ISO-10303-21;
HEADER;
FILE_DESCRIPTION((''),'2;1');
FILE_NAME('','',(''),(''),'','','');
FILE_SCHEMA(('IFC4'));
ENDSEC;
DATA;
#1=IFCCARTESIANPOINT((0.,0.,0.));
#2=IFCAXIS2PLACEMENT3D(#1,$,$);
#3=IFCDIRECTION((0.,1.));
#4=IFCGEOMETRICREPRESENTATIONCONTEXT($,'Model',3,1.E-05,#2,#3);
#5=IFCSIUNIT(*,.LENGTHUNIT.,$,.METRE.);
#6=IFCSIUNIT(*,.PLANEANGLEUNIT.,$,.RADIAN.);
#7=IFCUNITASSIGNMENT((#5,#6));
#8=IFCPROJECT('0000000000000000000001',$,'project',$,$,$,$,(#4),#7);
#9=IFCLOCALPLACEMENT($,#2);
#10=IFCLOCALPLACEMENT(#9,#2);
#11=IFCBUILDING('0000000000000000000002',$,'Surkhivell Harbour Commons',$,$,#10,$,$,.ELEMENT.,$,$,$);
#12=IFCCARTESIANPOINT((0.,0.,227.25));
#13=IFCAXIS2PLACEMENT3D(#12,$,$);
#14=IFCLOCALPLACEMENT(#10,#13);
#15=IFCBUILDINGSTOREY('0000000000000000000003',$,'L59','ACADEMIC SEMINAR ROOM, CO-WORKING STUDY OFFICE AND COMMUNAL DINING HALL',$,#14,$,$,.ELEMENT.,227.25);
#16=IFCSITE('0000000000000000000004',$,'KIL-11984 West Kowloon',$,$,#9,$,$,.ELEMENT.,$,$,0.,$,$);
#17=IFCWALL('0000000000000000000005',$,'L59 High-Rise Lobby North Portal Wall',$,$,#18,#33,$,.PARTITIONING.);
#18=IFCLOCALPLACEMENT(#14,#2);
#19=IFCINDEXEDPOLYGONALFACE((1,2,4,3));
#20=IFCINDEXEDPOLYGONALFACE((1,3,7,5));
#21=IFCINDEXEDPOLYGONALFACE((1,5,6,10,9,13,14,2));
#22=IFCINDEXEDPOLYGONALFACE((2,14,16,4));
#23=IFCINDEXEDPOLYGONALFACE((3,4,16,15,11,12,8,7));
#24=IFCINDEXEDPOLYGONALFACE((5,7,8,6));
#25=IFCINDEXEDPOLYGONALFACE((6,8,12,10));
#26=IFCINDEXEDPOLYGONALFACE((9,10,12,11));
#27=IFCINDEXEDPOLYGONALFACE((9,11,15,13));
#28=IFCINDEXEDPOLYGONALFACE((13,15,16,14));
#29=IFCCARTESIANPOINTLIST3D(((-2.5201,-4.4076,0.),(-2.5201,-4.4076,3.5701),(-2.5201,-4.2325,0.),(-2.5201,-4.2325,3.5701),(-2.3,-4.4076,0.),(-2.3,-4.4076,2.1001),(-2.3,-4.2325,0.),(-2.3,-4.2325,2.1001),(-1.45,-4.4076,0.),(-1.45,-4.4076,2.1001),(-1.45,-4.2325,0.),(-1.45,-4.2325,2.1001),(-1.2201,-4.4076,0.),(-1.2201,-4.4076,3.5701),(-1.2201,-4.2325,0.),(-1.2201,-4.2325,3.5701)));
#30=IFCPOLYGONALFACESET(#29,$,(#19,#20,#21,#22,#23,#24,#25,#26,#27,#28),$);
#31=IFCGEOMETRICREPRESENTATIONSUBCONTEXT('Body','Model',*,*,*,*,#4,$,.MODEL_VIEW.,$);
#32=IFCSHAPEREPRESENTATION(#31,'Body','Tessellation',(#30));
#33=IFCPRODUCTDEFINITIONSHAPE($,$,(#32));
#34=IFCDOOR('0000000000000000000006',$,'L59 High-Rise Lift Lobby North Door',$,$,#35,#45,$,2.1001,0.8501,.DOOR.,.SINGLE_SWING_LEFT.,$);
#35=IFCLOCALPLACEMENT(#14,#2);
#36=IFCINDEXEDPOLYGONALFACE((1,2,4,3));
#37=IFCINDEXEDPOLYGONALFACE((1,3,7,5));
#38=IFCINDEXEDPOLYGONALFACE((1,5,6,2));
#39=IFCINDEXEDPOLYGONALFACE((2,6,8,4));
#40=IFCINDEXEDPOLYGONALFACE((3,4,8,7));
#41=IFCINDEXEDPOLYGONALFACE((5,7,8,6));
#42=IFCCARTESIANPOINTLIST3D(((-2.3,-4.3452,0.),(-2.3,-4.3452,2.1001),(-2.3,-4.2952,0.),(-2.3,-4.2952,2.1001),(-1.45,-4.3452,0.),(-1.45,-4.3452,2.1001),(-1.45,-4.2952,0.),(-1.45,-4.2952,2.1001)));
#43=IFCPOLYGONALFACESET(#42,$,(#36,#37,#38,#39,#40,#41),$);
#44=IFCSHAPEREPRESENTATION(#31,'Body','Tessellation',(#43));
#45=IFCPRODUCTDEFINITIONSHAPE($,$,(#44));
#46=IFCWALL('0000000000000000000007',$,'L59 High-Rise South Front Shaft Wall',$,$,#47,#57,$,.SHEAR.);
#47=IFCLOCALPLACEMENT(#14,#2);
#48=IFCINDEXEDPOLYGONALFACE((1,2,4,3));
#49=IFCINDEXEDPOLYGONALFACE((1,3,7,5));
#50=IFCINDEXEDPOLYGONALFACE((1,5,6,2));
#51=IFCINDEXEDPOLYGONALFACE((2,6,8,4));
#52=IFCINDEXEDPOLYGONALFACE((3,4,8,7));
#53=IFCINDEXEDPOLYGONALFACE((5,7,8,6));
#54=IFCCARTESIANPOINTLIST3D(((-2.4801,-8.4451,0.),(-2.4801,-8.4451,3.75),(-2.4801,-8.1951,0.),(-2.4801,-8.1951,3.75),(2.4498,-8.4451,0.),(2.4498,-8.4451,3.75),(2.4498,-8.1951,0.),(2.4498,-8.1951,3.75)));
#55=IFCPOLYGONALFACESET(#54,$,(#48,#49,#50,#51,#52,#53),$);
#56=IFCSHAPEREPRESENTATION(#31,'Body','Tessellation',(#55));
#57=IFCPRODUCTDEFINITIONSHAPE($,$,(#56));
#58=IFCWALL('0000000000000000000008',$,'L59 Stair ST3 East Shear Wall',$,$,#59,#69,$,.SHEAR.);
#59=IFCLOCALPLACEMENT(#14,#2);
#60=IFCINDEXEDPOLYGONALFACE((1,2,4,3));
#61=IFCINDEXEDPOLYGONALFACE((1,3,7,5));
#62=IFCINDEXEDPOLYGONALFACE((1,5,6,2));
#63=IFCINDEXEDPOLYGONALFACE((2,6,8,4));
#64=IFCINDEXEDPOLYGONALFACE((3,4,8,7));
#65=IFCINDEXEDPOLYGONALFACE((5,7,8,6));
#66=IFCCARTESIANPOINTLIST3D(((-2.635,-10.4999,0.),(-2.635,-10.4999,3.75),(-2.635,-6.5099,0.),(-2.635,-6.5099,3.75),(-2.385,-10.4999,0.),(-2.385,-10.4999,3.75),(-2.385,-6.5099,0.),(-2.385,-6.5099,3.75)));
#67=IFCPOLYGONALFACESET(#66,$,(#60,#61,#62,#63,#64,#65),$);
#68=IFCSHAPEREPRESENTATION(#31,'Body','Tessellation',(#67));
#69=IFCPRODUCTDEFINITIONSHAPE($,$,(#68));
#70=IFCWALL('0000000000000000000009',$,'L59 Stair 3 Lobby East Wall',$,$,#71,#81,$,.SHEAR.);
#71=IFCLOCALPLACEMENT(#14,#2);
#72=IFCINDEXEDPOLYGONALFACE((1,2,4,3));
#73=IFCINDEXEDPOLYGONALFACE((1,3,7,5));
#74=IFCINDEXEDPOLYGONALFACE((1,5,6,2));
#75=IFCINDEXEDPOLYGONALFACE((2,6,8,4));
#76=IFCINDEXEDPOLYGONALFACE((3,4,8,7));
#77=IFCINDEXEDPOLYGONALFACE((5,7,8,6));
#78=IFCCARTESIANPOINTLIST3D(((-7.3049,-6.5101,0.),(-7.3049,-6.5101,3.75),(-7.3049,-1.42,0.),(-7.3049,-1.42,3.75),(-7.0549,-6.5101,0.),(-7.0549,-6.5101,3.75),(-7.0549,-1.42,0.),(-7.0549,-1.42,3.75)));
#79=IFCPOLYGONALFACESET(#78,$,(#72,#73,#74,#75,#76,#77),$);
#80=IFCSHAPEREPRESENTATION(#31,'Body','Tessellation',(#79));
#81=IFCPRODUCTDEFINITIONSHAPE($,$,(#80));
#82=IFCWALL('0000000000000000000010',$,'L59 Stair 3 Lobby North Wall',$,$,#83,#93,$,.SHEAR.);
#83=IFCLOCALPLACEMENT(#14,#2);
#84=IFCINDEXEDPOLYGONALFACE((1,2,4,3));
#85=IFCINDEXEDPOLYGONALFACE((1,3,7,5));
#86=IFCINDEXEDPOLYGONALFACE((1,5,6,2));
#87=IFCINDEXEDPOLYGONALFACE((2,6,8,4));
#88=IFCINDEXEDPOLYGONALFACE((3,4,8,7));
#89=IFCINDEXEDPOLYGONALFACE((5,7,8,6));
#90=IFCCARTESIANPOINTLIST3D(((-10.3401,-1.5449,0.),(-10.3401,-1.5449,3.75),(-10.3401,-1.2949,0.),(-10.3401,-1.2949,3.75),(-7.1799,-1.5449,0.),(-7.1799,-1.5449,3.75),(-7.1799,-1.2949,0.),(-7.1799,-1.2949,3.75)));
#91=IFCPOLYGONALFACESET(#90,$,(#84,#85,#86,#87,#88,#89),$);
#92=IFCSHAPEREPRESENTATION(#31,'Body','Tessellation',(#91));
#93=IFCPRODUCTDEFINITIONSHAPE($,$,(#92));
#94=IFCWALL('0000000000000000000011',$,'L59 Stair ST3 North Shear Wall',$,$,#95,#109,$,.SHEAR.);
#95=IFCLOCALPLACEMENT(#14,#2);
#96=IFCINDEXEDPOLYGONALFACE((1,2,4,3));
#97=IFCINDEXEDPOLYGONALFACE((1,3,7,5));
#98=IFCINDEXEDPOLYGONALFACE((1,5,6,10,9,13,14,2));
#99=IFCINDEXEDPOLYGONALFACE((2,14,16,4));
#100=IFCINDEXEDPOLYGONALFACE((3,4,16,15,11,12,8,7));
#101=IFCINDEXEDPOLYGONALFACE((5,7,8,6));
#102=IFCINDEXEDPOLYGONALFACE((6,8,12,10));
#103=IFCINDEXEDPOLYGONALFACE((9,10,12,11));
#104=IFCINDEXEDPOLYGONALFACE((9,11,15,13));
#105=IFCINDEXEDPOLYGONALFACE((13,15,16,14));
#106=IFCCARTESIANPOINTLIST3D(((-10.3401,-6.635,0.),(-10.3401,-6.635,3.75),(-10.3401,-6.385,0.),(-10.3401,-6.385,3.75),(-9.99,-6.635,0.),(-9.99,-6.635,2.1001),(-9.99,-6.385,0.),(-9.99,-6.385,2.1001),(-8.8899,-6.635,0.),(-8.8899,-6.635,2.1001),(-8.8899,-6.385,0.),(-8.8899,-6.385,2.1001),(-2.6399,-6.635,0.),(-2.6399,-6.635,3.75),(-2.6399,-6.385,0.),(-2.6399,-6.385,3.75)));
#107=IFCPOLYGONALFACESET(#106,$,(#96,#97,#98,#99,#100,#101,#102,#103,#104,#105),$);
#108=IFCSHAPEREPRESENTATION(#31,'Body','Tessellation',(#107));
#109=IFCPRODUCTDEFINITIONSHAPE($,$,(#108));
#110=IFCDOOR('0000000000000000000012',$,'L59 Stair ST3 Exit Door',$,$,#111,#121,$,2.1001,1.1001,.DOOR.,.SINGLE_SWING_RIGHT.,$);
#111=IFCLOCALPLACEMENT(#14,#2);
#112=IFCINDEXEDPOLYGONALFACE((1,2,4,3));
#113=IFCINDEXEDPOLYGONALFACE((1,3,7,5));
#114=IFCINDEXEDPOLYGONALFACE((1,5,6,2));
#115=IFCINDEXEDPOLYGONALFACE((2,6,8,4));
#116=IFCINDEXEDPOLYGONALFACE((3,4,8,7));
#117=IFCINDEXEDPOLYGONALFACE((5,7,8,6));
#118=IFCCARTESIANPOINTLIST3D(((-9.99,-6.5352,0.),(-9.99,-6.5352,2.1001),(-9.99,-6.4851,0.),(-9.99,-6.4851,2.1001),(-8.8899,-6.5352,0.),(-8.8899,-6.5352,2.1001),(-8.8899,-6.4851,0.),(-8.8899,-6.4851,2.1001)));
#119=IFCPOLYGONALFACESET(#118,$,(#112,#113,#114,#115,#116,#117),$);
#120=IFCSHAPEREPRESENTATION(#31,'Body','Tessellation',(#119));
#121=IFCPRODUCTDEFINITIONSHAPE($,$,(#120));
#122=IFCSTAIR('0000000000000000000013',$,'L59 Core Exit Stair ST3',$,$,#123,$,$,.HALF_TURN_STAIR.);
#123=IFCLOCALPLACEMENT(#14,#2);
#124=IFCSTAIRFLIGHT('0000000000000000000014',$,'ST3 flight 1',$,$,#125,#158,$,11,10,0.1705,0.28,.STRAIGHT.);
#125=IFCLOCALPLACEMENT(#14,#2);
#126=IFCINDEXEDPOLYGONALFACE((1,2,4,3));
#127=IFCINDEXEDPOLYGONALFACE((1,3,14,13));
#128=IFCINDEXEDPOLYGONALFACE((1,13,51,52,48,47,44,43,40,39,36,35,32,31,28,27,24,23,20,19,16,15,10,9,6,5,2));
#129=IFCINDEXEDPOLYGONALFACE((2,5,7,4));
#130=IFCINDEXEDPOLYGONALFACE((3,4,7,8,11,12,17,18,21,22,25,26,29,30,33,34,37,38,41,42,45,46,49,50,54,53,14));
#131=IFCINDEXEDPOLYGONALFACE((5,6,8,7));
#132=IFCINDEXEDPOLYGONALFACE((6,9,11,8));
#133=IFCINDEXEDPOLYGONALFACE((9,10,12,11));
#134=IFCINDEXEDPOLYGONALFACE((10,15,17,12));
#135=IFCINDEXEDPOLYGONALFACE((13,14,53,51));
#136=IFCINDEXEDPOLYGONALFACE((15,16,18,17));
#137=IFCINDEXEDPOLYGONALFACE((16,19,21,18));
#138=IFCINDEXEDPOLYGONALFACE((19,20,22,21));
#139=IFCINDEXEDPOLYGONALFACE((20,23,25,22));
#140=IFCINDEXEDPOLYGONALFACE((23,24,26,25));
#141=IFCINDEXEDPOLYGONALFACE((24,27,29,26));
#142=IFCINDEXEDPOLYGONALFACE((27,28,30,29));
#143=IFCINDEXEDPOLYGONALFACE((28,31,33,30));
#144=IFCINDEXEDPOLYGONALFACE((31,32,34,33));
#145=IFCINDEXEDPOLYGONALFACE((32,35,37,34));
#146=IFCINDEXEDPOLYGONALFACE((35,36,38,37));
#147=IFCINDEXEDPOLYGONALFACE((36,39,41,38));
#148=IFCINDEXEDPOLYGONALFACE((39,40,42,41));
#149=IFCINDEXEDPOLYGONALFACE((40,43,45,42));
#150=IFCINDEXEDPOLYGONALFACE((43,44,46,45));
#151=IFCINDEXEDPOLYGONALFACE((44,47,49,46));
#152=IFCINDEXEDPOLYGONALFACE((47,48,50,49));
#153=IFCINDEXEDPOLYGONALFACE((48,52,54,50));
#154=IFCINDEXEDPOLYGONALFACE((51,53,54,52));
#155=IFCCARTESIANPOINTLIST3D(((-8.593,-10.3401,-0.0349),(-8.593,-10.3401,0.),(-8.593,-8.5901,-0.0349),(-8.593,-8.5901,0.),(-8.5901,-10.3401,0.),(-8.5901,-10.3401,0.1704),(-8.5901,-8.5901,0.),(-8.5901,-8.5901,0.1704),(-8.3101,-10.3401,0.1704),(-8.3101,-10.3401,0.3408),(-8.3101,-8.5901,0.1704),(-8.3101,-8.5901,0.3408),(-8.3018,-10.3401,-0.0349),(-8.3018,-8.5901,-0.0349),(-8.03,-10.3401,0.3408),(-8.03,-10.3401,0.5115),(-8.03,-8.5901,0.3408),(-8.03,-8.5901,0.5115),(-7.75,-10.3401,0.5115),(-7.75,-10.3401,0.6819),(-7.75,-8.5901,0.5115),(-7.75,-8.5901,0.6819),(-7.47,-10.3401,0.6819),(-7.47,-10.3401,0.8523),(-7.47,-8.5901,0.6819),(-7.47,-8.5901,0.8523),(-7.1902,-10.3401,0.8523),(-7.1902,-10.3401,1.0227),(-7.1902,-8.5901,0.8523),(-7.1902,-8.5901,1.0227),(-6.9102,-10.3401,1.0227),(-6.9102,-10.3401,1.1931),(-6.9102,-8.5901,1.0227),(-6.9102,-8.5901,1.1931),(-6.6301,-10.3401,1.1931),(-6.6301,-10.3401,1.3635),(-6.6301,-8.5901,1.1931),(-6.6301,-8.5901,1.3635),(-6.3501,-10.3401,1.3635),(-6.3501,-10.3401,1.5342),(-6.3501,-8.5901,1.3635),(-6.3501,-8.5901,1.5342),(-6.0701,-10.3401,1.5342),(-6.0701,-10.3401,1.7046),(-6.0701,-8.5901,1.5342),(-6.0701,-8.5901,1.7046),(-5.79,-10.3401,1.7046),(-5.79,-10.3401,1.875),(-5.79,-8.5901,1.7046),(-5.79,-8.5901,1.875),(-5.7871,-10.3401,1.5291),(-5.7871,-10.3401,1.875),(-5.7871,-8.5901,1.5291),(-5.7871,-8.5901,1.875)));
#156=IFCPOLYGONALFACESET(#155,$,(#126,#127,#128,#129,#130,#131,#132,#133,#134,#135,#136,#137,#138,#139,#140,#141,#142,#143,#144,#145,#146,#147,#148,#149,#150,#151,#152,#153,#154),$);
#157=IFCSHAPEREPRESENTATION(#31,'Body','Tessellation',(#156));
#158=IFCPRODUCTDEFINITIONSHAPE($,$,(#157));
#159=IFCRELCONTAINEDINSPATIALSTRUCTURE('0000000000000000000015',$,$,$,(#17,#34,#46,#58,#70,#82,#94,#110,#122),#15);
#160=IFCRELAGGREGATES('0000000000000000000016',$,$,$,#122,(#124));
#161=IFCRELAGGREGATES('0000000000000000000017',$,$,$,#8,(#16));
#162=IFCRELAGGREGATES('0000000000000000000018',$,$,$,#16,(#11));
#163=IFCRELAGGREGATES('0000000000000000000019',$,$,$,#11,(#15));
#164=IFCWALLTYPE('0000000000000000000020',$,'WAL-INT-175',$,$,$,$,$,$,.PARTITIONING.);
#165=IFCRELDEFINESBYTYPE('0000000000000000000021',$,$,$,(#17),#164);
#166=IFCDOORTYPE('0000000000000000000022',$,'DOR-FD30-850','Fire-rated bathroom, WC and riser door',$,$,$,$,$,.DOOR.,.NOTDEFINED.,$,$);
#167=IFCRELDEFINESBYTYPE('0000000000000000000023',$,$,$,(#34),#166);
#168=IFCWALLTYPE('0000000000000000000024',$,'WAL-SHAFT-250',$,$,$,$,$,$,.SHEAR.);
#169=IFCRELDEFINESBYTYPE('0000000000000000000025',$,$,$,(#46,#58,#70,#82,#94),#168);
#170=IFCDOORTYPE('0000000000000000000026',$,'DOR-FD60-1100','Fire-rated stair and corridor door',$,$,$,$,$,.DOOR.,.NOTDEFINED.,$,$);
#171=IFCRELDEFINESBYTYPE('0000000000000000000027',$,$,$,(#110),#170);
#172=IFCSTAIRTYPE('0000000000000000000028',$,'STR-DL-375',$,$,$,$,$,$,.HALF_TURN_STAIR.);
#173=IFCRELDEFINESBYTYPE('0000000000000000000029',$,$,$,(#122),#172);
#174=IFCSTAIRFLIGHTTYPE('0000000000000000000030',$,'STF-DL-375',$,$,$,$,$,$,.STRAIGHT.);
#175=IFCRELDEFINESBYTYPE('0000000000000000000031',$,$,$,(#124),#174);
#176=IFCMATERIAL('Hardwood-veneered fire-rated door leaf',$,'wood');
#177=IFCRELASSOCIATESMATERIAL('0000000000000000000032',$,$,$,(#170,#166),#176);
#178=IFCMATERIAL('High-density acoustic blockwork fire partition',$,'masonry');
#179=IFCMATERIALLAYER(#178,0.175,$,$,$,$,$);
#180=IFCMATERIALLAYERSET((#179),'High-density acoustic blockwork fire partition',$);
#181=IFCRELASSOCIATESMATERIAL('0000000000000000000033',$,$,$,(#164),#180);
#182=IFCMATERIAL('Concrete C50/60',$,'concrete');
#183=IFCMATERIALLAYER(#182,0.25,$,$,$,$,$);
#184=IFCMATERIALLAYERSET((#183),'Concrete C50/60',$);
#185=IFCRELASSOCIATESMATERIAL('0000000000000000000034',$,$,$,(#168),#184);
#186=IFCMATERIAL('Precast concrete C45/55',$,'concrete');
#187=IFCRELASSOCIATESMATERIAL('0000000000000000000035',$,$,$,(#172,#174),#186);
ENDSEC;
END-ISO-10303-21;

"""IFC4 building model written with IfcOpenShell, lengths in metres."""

from ifc_helpers import new_model, si_unit, direction, frame, frame_2d, origin, place, context, subcontext, project, spatial, polyline, rectangle, outline, extrude, material, layer, layer_set, type_object, element, fill, aggregate, save


model = new_model("IFC4")

# Units and contexts
model_context = context("Model", 3, precision=1e-05, world=origin(), true_north=direction((0.0, 1.0)))
body_context = subcontext(model_context, "Body", "Model", "MODEL_VIEW")
ifc_project = project(units=[si_unit("LENGTHUNIT", "METRE"), si_unit("PLANEANGLEUNIT", "RADIAN")], contexts=[model_context])

# Site, building, storey
site_placement = place(None, origin())
site = spatial("IfcSite", under=ifc_project, at=site_placement, Name="KIL-11984 West Kowloon", CompositionType="ELEMENT", RefElevation=0.0)
building_placement = place(site_placement, origin())
building = spatial("IfcBuilding", under=site, at=building_placement, Name="Surkhivell Harbour Commons", CompositionType="ELEMENT")
storey_placement = place(building_placement, frame((0.0, 0.0, 227.25)))
storey = spatial("IfcBuildingStorey", under=building, at=storey_placement, Name="L59", Description="ACADEMIC SEMINAR ROOM, CO-WORKING STUDY OFFICE AND COMMUNAL DINING HALL", CompositionType="ELEMENT", Elevation=227.25)

# Shared definitions
ifc_material_1 = material(Name="Hardwood-veneered fire-rated door leaf", Category="wood")
door_type_1 = type_object("IfcDoorType", Name="DOR-FD60-1100", Description="Fire-rated stair and corridor door", OperationType="NOTDEFINED", PredefinedType="DOOR", material=ifc_material_1)
door_type_2 = type_object("IfcDoorType", Name="DOR-FD30-850", Description="Fire-rated bathroom, WC and riser door", OperationType="NOTDEFINED", PredefinedType="DOOR", material=ifc_material_1)

# Shared definitions
ifc_material_2 = material(Name="High-density acoustic blockwork fire partition", Category="masonry")
ifc_layer_1 = layer(ifc_material_2, 0.175)
ifc_layer_set_1 = layer_set([ifc_layer_1], Name="High-density acoustic blockwork fire partition")
wall_type_1 = type_object("IfcWallType", Name="WAL-INT-175", PredefinedType="PARTITIONING", material=ifc_layer_set_1)

# Wall, opening, door
wall_1_placement = place(storey_placement, frame((-2.52, -4.3201, 0.0), z_axis=(0.0, 0.0, 1.0), x_axis=(1.0, 0.0, 0.0)))
wall_1 = element("IfcWall", 1, at=wall_1_placement, inside=storey, type_object=wall_type_1, Name="L59 High-Rise Lobby North Portal Wall", PredefinedType="PARTITIONING", context=body_context, shape_type="SweptSolid", body=[
    extrude(rectangle(XDim=1.3, YDim=0.175, at=frame_2d((0.6499, 0.0))), origin(), (0.0, 0.0, 1.0), 3.5701),
])
opening_1_placement = place(wall_1_placement, frame((0.22, 0.0, 0.0)))
opening_1 = element("IfcOpeningElement", 2, at=opening_1_placement, cuts=wall_1, PredefinedType="OPENING", context=body_context, shape_type="SweptSolid", body=[
    extrude(rectangle(XDim=0.8501, YDim=2.1001, at=frame_2d((0.425, 1.05))), frame((0.0, 0.0974, 0.0), z_axis=(0.0, -1.0, 0.0), x_axis=(1.0, 0.0, 0.0)), (0.0, 0.0, 1.0), 0.1951),
])
door_1_placement = place(opening_1_placement, origin())
door_1 = element("IfcDoor", 3, at=door_1_placement, inside=storey, type_object=door_type_2, Name="L59 High-Rise Lift Lobby North Door", OperationType="SINGLE_SWING_LEFT", OverallHeight=2.1001, OverallWidth=0.8501, PredefinedType="DOOR", context=body_context, shape_type="SweptSolid", body=[
    extrude(rectangle(XDim=0.8501, YDim=2.1001, at=frame_2d((0.425, 1.05))), frame((0.0, 0.0249, 0.0), z_axis=(0.0, -1.0, 0.0), x_axis=(1.0, 0.0, 0.0)), (0.0, 0.0, 1.0), 0.05),
])
fill(opening_1, door_1)

# Walls
ifc_material_3 = material(Name="Concrete C50/60", Category="concrete")
ifc_layer_2 = layer(ifc_material_3, 0.25)
ifc_layer_set_2 = layer_set([ifc_layer_2], Name="Concrete C50/60")
wall_type_2 = type_object("IfcWallType", Name="WAL-SHAFT-250", PredefinedType="SHEAR", material=ifc_layer_set_2)
wall_2_placement = place(storey_placement, frame((-2.48, -8.3201, 0.0), z_axis=(0.0, 0.0, 1.0), x_axis=(1.0, 0.0, 0.0)))
element("IfcWall", 4, at=wall_2_placement, inside=storey, type_object=wall_type_2, Name="L59 High-Rise South Front Shaft Wall", PredefinedType="SHEAR", context=body_context, shape_type="SweptSolid", body=[
    extrude(rectangle(XDim=4.9299, YDim=0.25, at=frame_2d((2.4648, 0.0))), origin(), (0.0, 0.0, 1.0), 3.75),
])
wall_3_placement = place(storey_placement, frame((-2.51, -10.5, 0.0), z_axis=(0.0, 0.0, 1.0), x_axis=(0.0, 1.0, 0.0)))
element("IfcWall", 5, at=wall_3_placement, inside=storey, type_object=wall_type_2, Name="L59 Stair ST3 East Shear Wall", PredefinedType="SHEAR", context=body_context, shape_type="SweptSolid", body=[
    extrude(rectangle(XDim=3.99, YDim=0.25, at=frame_2d((1.9951, 0.0))), origin(), (0.0, 0.0, 1.0), 3.75),
])
wall_4_placement = place(storey_placement, frame((-7.1799, -6.51, 0.0), z_axis=(0.0, 0.0, 1.0), x_axis=(0.0, 1.0, 0.0)))
element("IfcWall", 6, at=wall_4_placement, inside=storey, type_object=wall_type_2, Name="L59 Stair 3 Lobby East Wall", PredefinedType="SHEAR", context=body_context, shape_type="SweptSolid", body=[
    extrude(rectangle(XDim=5.0901, YDim=0.25, at=frame_2d((2.5449, 0.0))), origin(), (0.0, 0.0, 1.0), 3.75),
])
wall_5_placement = place(storey_placement, frame((-10.3401, -1.4199, 0.0), z_axis=(0.0, 0.0, 1.0), x_axis=(1.0, 0.0, 0.0)))
element("IfcWall", 7, at=wall_5_placement, inside=storey, type_object=wall_type_2, Name="L59 Stair 3 Lobby North Wall", PredefinedType="SHEAR", context=body_context, shape_type="SweptSolid", body=[
    extrude(rectangle(XDim=3.1602, YDim=0.25, at=frame_2d((1.5801, 0.0))), origin(), (0.0, 0.0, 1.0), 3.75),
])

# Wall, opening, door
wall_6_placement = place(storey_placement, frame((-10.3401, -6.51, 0.0), z_axis=(0.0, 0.0, 1.0), x_axis=(1.0, 0.0, 0.0)))
wall_6 = element("IfcWall", 8, at=wall_6_placement, inside=storey, type_object=wall_type_2, Name="L59 Stair ST3 North Shear Wall", PredefinedType="SHEAR", context=body_context, shape_type="SweptSolid", body=[
    extrude(rectangle(XDim=7.7002, YDim=0.25, at=frame_2d((3.8501, 0.0))), origin(), (0.0, 0.0, 1.0), 3.75),
])
opening_2_placement = place(wall_6_placement, frame((0.3501, 0.0, 0.0)))
opening_2 = element("IfcOpeningElement", 9, at=opening_2_placement, cuts=wall_6, PredefinedType="OPENING", context=body_context, shape_type="SweptSolid", body=[
    extrude(rectangle(XDim=1.1001, YDim=2.1001, at=frame_2d((0.55, 1.05))), frame((0.0, 0.135, 0.0), z_axis=(0.0, -1.0, 0.0), x_axis=(1.0, 0.0, 0.0)), (0.0, 0.0, 1.0), 0.27),
])
door_2_placement = place(opening_2_placement, origin())
door_2 = element("IfcDoor", 10, at=door_2_placement, inside=storey, type_object=door_type_1, Name="L59 Stair ST3 Exit Door", OperationType="SINGLE_SWING_RIGHT", OverallHeight=2.1001, OverallWidth=1.1001, PredefinedType="DOOR", context=body_context, shape_type="SweptSolid", body=[
    extrude(rectangle(XDim=1.1001, YDim=2.1001, at=frame_2d((0.55, 1.05))), frame((0.0, 0.0249, 0.0), z_axis=(0.0, -1.0, 0.0), x_axis=(1.0, 0.0, 0.0)), (0.0, 0.0, 1.0), 0.05),
])
fill(opening_2, door_2)

# Stair, stair flight
ifc_material_4 = material(Name="Precast concrete C45/55", Category="concrete")
stair_type = type_object("IfcStairType", Name="STR-DL-375", PredefinedType="HALF_TURN_STAIR", material=ifc_material_4)
stair_placement = place(storey_placement, origin())
stair = element("IfcStair", 11, at=stair_placement, inside=storey, type_object=stair_type, Name="L59 Core Exit Stair ST3", PredefinedType="HALF_TURN_STAIR")
stair_flight_type = type_object("IfcStairFlightType", Name="STF-DL-375", PredefinedType="STRAIGHT", material=ifc_material_4)
stair_flight_1_placement = place(storey_placement, frame((-8.5901, -9.4651, 0.0), z_axis=(0.0, 0.0, 1.0), x_axis=(1.0, 0.0, 0.0)))
stair_flight_1 = element("IfcStairFlight", 12, at=stair_flight_1_placement, type_object=stair_flight_type, Name="ST3 flight 1", NumberOfRisers=11, NumberOfTreads=10, PredefinedType="STRAIGHT", RiserHeight=0.1705, TreadLength=0.28, context=body_context, shape_type="SweptSolid", body=[
    extrude(outline(polyline([(-0.0029, -0.0349), (-0.0029, 0.0), (0.0, 0.0), (0.0, 0.1704), (0.28, 0.1704), (0.28, 0.3408), (0.5601, 0.3408), (0.5601, 0.5115), (0.8401, 0.5115), (0.8401, 0.6819), (1.1201, 0.6819), (1.1201, 0.8523), (1.3999, 0.8523), (1.3999, 1.0227), (1.6799, 1.0227), (1.6799, 1.1931), (1.96, 1.1931), (1.96, 1.3635), (2.24, 1.3635), (2.24, 1.5342), (2.52, 1.5342), (2.52, 1.7046), (2.8, 1.7046), (2.8, 1.875), (2.803, 1.875), (2.803, 1.5291), (0.2883, -0.0349), (-0.0029, -0.0349)])), frame((0.0, 0.875, 0.0), z_axis=(0.0, -1.0, 0.0), x_axis=(1.0, 0.0, 0.0)), (0.0, 0.0, 1.0), 1.75),
])
aggregate(stair, [stair_flight_1])

save(model, "model.ifc")
